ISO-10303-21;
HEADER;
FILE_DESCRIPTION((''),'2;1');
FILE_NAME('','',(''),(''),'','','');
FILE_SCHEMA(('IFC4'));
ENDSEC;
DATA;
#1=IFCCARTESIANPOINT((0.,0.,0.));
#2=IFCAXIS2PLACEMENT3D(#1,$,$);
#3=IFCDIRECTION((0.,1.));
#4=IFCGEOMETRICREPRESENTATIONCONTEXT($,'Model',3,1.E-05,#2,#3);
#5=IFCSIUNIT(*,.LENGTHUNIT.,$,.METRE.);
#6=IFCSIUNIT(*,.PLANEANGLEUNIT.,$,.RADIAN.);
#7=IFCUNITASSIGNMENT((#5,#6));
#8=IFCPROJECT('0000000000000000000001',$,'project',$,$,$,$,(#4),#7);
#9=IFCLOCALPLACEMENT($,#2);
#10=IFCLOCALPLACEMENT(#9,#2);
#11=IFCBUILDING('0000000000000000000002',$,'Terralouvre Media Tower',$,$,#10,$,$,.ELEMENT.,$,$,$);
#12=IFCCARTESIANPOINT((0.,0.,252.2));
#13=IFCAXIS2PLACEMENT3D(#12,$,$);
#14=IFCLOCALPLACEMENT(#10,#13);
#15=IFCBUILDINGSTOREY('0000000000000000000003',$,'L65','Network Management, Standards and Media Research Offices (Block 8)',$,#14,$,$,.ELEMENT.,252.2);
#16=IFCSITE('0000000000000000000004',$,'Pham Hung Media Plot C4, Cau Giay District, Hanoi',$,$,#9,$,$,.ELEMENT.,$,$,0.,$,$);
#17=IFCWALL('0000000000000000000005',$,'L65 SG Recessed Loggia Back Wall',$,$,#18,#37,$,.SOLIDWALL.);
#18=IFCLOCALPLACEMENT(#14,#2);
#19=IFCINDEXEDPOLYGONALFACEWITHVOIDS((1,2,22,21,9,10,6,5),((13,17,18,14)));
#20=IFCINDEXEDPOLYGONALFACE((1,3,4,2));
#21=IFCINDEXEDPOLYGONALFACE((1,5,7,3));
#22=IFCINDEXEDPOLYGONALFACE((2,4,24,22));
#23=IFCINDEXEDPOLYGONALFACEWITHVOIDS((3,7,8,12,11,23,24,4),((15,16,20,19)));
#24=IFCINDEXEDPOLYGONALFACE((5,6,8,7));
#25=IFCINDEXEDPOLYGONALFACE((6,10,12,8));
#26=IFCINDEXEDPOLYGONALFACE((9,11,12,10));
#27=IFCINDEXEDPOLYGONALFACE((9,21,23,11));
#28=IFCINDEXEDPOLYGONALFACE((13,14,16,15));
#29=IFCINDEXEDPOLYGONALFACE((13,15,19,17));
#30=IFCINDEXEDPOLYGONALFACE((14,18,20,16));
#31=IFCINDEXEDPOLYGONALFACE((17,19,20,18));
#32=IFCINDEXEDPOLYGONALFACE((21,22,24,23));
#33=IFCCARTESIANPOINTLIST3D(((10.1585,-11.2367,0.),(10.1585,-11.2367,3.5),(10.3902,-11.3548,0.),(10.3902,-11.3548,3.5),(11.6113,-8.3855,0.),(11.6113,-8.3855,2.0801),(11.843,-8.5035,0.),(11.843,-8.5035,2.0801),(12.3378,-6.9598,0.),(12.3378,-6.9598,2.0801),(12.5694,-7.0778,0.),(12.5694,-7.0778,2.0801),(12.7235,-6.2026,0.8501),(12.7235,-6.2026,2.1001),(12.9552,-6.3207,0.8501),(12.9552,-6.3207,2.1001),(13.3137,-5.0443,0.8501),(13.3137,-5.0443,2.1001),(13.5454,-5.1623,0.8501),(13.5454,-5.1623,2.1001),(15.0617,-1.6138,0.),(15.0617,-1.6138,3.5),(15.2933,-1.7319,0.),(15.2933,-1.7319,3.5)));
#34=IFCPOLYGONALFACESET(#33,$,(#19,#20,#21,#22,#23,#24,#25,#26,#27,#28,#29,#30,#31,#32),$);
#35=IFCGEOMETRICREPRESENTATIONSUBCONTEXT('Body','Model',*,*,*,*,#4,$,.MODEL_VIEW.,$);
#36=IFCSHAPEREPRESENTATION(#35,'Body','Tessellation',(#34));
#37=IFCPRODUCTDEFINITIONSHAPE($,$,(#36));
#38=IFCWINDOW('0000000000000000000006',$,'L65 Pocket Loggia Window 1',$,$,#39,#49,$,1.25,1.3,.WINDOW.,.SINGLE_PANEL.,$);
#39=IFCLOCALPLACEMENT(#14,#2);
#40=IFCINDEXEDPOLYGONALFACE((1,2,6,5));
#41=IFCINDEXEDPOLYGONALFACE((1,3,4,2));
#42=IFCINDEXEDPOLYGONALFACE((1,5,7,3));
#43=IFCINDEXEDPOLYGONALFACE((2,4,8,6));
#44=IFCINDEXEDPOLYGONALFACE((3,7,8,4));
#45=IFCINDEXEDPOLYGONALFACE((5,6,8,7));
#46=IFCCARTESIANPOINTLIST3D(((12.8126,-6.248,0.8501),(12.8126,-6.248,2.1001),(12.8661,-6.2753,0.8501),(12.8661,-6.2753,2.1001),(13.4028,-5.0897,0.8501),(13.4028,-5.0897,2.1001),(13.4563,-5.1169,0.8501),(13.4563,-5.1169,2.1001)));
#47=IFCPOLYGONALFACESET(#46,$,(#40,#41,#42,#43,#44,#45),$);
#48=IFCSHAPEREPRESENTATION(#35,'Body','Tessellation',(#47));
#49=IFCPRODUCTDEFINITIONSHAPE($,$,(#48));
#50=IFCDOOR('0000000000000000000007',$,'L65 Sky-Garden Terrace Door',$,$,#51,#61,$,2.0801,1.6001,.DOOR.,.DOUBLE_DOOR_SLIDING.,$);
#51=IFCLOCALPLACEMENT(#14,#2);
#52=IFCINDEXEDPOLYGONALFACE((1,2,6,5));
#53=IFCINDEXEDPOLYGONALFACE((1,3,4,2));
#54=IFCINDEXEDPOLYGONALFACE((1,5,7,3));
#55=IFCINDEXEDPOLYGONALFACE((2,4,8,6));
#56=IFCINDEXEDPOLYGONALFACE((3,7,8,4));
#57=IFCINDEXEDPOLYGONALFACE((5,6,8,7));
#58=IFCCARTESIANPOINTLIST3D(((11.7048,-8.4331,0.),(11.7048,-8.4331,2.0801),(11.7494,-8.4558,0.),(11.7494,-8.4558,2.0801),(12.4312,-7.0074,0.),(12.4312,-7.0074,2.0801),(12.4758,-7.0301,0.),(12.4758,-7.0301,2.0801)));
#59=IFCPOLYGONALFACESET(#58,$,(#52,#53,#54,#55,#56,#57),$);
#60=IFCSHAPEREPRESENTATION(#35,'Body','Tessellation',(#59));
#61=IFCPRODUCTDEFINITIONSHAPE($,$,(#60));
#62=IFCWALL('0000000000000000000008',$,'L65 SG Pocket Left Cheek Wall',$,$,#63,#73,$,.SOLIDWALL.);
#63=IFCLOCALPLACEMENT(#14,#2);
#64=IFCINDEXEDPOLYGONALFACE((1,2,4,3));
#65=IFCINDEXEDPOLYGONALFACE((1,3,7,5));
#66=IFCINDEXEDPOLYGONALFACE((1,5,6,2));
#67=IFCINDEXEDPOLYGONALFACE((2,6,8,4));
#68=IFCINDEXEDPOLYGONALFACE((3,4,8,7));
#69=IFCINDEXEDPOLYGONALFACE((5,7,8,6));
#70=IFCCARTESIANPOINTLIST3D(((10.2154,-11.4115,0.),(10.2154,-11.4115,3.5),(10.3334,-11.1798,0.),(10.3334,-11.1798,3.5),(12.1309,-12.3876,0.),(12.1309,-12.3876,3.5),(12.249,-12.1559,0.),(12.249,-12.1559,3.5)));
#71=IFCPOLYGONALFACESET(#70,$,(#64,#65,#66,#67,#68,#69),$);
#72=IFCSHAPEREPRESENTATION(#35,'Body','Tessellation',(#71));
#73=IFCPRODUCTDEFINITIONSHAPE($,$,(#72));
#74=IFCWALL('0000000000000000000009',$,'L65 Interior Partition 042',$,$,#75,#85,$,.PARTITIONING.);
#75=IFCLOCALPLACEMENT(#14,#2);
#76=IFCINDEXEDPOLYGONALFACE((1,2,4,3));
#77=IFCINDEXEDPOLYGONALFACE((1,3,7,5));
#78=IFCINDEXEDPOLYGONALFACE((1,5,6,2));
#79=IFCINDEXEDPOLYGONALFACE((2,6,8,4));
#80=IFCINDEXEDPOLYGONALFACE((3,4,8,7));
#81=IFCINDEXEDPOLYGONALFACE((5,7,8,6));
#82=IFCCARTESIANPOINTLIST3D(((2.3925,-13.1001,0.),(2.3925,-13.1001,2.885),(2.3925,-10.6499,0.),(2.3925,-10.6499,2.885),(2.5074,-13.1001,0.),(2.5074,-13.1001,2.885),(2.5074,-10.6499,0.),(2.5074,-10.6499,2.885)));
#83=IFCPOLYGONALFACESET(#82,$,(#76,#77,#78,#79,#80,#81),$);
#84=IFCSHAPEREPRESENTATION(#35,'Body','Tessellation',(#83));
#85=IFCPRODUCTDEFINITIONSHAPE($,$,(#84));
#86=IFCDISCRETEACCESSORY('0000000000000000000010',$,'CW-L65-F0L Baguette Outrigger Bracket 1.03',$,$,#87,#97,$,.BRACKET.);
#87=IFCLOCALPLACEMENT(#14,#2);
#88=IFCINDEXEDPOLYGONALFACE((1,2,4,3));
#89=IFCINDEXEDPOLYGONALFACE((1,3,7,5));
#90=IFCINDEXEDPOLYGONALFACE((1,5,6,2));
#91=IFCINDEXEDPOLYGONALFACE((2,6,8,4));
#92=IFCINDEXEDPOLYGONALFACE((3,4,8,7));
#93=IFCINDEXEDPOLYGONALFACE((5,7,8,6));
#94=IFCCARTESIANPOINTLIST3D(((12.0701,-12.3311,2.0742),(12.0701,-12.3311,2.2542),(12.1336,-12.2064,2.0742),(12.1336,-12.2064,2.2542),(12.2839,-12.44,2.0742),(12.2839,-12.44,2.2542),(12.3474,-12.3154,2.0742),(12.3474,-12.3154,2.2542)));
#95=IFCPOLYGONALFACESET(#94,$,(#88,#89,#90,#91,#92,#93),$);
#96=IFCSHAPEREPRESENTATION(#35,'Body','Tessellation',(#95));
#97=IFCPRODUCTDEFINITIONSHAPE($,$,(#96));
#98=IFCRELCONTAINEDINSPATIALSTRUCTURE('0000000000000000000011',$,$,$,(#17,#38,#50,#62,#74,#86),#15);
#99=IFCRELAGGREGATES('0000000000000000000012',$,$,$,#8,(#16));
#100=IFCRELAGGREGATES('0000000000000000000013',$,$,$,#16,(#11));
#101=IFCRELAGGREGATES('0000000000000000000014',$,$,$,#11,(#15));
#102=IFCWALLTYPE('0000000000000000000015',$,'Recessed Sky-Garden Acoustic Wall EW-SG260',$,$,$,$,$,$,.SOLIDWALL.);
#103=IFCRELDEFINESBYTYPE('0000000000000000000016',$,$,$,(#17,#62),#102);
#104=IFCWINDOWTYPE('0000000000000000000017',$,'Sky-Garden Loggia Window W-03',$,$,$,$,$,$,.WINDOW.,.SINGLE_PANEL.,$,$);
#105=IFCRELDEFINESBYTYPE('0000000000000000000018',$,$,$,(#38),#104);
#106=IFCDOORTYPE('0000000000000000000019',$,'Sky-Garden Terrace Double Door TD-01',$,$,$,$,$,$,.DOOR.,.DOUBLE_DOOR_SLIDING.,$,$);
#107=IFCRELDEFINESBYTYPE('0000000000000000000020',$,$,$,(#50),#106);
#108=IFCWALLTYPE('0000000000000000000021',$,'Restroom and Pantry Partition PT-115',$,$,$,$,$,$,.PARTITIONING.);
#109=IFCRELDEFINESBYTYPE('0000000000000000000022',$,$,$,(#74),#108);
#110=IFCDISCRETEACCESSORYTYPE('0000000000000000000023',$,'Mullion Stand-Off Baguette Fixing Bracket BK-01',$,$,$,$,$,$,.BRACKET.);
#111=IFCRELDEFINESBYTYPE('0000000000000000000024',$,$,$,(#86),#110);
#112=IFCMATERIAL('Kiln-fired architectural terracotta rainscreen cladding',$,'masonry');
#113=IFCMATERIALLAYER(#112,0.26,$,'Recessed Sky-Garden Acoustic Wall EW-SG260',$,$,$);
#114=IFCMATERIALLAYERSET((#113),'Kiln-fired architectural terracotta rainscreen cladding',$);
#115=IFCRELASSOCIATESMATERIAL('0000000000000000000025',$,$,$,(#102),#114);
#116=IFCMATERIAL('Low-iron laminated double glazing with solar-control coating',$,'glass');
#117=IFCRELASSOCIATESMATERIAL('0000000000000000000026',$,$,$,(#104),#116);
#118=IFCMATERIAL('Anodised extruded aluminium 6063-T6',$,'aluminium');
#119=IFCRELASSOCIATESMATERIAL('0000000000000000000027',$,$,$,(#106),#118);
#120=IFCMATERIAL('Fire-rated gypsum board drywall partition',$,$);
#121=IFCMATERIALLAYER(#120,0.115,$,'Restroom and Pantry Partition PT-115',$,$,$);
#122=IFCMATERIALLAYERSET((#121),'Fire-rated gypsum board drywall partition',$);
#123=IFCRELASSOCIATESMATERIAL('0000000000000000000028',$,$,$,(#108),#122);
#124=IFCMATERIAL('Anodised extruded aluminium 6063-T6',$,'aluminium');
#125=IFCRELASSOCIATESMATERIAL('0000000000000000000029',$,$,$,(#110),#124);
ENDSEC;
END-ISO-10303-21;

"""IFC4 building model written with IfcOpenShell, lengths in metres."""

from ifc_helpers import new_model, si_unit, direction, frame, frame_2d, origin, origin_2d, place, context, subcontext, project, spatial, rectangle, extrude, material, layer, layer_set, type_object, element, fill, save


model = new_model("IFC4")

# Units and contexts
model_context = context("Model", 3, precision=1e-05, world=origin(), true_north=direction((0.0, 1.0)))
body_context = subcontext(model_context, "Body", "Model", "MODEL_VIEW")
ifc_project = project(units=[si_unit("LENGTHUNIT", "METRE"), si_unit("PLANEANGLEUNIT", "RADIAN")], contexts=[model_context])

# Site, building, storey
site_placement = place(None, origin())
site = spatial("IfcSite", under=ifc_project, at=site_placement, Name="Pham Hung Media Plot C4, Cau Giay District, Hanoi", CompositionType="ELEMENT", RefElevation=0.0)
building_placement = place(site_placement, origin())
building = spatial("IfcBuilding", under=site, at=building_placement, Name="Terralouvre Media Tower", CompositionType="ELEMENT")
storey_placement = place(building_placement, frame((0.0, 0.0, 252.2)))
storey = spatial("IfcBuildingStorey", under=building, at=storey_placement, Name="L65", Description="Network Management, Standards and Media Research Offices (Block 8)", CompositionType="ELEMENT", Elevation=252.2)

# Wall, openings, window, door
ifc_material_1 = material(Name="Kiln-fired architectural terracotta rainscreen cladding", Category="masonry")
ifc_layer_1 = layer(ifc_material_1, 0.26, Name="Recessed Sky-Garden Acoustic Wall EW-SG260")
ifc_layer_set_1 = layer_set([ifc_layer_1], Name="Kiln-fired architectural terracotta rainscreen cladding")
wall_type_1 = type_object("IfcWallType", Name="Recessed Sky-Garden Acoustic Wall EW-SG260", PredefinedType="SOLIDWALL", material=ifc_layer_set_1)
wall_1_placement = place(storey_placement, frame((10.2744, -11.2957, 0.0), z_axis=(0.0, 0.0, 1.0), x_axis=(0.453991, 0.891006, 0.0)))
wall_1 = element("IfcWall", 1, at=wall_1_placement, inside=storey, type_object=wall_type_1, Name="L65 SG Recessed Loggia Back Wall", PredefinedType="SOLIDWALL", context=body_context, shape_type="SweptSolid", body=[
    extrude(rectangle(XDim=10.8, YDim=0.26, at=frame_2d((5.3999, 0.0))), origin(), (0.0, 0.0, 1.0), 3.5),
])
opening_1_placement = place(wall_1_placement, frame((3.2, 0.0, 0.0)))
opening_1 = element("IfcOpeningElement", 2, at=opening_1_placement, cuts=wall_1, PredefinedType="OPENING", context=body_context, shape_type="SweptSolid", body=[
    extrude(rectangle(XDim=1.6001, YDim=2.0801, at=frame_2d((0.8, 1.04))), frame((0.0, 0.1399, 0.0), z_axis=(0.0, -1.0, 0.0), x_axis=(1.0, 0.0, 0.0)), (0.0, 0.0, 1.0), 0.28),
])
opening_2_placement = place(wall_1_placement, frame((5.6499, 0.0, 0.8501)))
opening_2 = element("IfcOpeningElement", 3, at=opening_2_placement, cuts=wall_1, PredefinedType="OPENING", context=body_context, shape_type="SweptSolid", body=[
    extrude(rectangle(XDim=1.3, YDim=1.25, at=frame_2d((0.6499, 0.625))), frame((0.0, 0.1399, 0.0), z_axis=(0.0, -1.0, 0.0), x_axis=(1.0, 0.0, 0.0)), (0.0, 0.0, 1.0), 0.28),
])
ifc_material_2 = material(Name="Low-iron laminated double glazing with solar-control coating", Category="glass")
window_type = type_object("IfcWindowType", Name="Sky-Garden Loggia Window W-03", PartitioningType="SINGLE_PANEL", PredefinedType="WINDOW", material=ifc_material_2)
window_placement = place(opening_2_placement, origin())
window = element("IfcWindow", 4, at=window_placement, inside=storey, type_object=window_type, Name="L65 Pocket Loggia Window 1", OverallHeight=1.25, OverallWidth=1.3, PartitioningType="SINGLE_PANEL", PredefinedType="WINDOW", context=body_context, shape_type="SweptSolid", body=[
    extrude(rectangle(XDim=1.3, YDim=1.25, at=frame_2d((0.6499, 0.625))), frame((0.0, 0.03, 0.0), z_axis=(0.0, -1.0, 0.0), x_axis=(1.0, 0.0, 0.0)), (0.0, 0.0, 1.0), 0.0601),
])
fill(opening_2, window)
ifc_material_3 = material(Name="Anodised extruded aluminium 6063-T6", Category="aluminium")
door_type_1 = type_object("IfcDoorType", Name="Sky-Garden Terrace Double Door TD-01", OperationType="DOUBLE_DOOR_SLIDING", PredefinedType="DOOR", material=ifc_material_3)
door_1_placement = place(opening_1_placement, frame((1.6001, 0.0, 0.0), z_axis=(0.0, 0.0, 1.0), x_axis=(-1.0, 0.0, 0.0)))
door_1 = element("IfcDoor", 5, at=door_1_placement, inside=storey, type_object=door_type_1, Name="L65 Sky-Garden Terrace Door", OperationType="DOUBLE_DOOR_SLIDING", OverallHeight=2.0801, OverallWidth=1.6001, PredefinedType="DOOR", context=body_context, shape_type="SweptSolid", body=[
    extrude(rectangle(XDim=1.6001, YDim=2.0801, at=frame_2d((0.8, 1.04))), frame((0.0, 0.0249, 0.0), z_axis=(0.0, -1.0, 0.0), x_axis=(1.0, 0.0, 0.0)), (0.0, 0.0, 1.0), 0.05),
])
fill(opening_1, door_1)

# Walls
wall_2_placement = place(storey_placement, frame((12.1899, -12.2717, 0.0), z_axis=(0.0, 0.0, 1.0), x_axis=(-0.890994, 0.454014, 0.0)))
element("IfcWall", 6, at=wall_2_placement, inside=storey, type_object=wall_type_1, Name="L65 SG Pocket Left Cheek Wall", PredefinedType="SOLIDWALL", context=body_context, shape_type="SweptSolid", body=[
    extrude(rectangle(XDim=2.1499, YDim=0.26, at=frame_2d((1.075, 0.0))), origin(), (0.0, 0.0, 1.0), 3.5),
])
ifc_material_4 = material(Name="Fire-rated gypsum board drywall partition")
ifc_layer_2 = layer(ifc_material_4, 0.115, Name="Restroom and Pantry Partition PT-115")
ifc_layer_set_2 = layer_set([ifc_layer_2], Name="Fire-rated gypsum board drywall partition")
wall_type_2 = type_object("IfcWallType", Name="Restroom and Pantry Partition PT-115", PredefinedType="PARTITIONING", material=ifc_layer_set_2)
wall_3_placement = place(storey_placement, frame((2.45, -13.1001, 0.0), z_axis=(0.0, 0.0, 1.0), x_axis=(0.0, 1.0, 0.0)))
element("IfcWall", 7, at=wall_3_placement, inside=storey, type_object=wall_type_2, Name="L65 Interior Partition 042", PredefinedType="PARTITIONING", context=body_context, shape_type="SweptSolid", body=[
    extrude(rectangle(XDim=2.4502, YDim=0.115, at=frame_2d((1.2251, 0.0))), origin(), (0.0, 0.0, 1.0), 2.885),
])

# Discrete accessory
ifc_material_5 = material(Name="Anodised extruded aluminium 6063-T6", Category="aluminium")
discrete_accessory_type = type_object("IfcDiscreteAccessoryType", Name="Mullion Stand-Off Baguette Fixing Bracket BK-01", PredefinedType="BRACKET", material=ifc_material_5)
discrete_accessory_placement = place(storey_placement, frame((12.2087, -12.3232, 2.0742), z_axis=(0.0, 0.0, 1.0), x_axis=(0.45399, 0.891007, 0.0)))
element("IfcDiscreteAccessory", 8, at=discrete_accessory_placement, inside=storey, type_object=discrete_accessory_type, Name="CW-L65-F0L Baguette Outrigger Bracket 1.03", PredefinedType="BRACKET", context=body_context, shape_type="SweptSolid", body=[
    extrude(rectangle(XDim=0.1399, YDim=0.24, at=origin_2d()), origin(), (0.0, 0.0, 1.0), 0.1799),
])

save(model, "model.ifc")
